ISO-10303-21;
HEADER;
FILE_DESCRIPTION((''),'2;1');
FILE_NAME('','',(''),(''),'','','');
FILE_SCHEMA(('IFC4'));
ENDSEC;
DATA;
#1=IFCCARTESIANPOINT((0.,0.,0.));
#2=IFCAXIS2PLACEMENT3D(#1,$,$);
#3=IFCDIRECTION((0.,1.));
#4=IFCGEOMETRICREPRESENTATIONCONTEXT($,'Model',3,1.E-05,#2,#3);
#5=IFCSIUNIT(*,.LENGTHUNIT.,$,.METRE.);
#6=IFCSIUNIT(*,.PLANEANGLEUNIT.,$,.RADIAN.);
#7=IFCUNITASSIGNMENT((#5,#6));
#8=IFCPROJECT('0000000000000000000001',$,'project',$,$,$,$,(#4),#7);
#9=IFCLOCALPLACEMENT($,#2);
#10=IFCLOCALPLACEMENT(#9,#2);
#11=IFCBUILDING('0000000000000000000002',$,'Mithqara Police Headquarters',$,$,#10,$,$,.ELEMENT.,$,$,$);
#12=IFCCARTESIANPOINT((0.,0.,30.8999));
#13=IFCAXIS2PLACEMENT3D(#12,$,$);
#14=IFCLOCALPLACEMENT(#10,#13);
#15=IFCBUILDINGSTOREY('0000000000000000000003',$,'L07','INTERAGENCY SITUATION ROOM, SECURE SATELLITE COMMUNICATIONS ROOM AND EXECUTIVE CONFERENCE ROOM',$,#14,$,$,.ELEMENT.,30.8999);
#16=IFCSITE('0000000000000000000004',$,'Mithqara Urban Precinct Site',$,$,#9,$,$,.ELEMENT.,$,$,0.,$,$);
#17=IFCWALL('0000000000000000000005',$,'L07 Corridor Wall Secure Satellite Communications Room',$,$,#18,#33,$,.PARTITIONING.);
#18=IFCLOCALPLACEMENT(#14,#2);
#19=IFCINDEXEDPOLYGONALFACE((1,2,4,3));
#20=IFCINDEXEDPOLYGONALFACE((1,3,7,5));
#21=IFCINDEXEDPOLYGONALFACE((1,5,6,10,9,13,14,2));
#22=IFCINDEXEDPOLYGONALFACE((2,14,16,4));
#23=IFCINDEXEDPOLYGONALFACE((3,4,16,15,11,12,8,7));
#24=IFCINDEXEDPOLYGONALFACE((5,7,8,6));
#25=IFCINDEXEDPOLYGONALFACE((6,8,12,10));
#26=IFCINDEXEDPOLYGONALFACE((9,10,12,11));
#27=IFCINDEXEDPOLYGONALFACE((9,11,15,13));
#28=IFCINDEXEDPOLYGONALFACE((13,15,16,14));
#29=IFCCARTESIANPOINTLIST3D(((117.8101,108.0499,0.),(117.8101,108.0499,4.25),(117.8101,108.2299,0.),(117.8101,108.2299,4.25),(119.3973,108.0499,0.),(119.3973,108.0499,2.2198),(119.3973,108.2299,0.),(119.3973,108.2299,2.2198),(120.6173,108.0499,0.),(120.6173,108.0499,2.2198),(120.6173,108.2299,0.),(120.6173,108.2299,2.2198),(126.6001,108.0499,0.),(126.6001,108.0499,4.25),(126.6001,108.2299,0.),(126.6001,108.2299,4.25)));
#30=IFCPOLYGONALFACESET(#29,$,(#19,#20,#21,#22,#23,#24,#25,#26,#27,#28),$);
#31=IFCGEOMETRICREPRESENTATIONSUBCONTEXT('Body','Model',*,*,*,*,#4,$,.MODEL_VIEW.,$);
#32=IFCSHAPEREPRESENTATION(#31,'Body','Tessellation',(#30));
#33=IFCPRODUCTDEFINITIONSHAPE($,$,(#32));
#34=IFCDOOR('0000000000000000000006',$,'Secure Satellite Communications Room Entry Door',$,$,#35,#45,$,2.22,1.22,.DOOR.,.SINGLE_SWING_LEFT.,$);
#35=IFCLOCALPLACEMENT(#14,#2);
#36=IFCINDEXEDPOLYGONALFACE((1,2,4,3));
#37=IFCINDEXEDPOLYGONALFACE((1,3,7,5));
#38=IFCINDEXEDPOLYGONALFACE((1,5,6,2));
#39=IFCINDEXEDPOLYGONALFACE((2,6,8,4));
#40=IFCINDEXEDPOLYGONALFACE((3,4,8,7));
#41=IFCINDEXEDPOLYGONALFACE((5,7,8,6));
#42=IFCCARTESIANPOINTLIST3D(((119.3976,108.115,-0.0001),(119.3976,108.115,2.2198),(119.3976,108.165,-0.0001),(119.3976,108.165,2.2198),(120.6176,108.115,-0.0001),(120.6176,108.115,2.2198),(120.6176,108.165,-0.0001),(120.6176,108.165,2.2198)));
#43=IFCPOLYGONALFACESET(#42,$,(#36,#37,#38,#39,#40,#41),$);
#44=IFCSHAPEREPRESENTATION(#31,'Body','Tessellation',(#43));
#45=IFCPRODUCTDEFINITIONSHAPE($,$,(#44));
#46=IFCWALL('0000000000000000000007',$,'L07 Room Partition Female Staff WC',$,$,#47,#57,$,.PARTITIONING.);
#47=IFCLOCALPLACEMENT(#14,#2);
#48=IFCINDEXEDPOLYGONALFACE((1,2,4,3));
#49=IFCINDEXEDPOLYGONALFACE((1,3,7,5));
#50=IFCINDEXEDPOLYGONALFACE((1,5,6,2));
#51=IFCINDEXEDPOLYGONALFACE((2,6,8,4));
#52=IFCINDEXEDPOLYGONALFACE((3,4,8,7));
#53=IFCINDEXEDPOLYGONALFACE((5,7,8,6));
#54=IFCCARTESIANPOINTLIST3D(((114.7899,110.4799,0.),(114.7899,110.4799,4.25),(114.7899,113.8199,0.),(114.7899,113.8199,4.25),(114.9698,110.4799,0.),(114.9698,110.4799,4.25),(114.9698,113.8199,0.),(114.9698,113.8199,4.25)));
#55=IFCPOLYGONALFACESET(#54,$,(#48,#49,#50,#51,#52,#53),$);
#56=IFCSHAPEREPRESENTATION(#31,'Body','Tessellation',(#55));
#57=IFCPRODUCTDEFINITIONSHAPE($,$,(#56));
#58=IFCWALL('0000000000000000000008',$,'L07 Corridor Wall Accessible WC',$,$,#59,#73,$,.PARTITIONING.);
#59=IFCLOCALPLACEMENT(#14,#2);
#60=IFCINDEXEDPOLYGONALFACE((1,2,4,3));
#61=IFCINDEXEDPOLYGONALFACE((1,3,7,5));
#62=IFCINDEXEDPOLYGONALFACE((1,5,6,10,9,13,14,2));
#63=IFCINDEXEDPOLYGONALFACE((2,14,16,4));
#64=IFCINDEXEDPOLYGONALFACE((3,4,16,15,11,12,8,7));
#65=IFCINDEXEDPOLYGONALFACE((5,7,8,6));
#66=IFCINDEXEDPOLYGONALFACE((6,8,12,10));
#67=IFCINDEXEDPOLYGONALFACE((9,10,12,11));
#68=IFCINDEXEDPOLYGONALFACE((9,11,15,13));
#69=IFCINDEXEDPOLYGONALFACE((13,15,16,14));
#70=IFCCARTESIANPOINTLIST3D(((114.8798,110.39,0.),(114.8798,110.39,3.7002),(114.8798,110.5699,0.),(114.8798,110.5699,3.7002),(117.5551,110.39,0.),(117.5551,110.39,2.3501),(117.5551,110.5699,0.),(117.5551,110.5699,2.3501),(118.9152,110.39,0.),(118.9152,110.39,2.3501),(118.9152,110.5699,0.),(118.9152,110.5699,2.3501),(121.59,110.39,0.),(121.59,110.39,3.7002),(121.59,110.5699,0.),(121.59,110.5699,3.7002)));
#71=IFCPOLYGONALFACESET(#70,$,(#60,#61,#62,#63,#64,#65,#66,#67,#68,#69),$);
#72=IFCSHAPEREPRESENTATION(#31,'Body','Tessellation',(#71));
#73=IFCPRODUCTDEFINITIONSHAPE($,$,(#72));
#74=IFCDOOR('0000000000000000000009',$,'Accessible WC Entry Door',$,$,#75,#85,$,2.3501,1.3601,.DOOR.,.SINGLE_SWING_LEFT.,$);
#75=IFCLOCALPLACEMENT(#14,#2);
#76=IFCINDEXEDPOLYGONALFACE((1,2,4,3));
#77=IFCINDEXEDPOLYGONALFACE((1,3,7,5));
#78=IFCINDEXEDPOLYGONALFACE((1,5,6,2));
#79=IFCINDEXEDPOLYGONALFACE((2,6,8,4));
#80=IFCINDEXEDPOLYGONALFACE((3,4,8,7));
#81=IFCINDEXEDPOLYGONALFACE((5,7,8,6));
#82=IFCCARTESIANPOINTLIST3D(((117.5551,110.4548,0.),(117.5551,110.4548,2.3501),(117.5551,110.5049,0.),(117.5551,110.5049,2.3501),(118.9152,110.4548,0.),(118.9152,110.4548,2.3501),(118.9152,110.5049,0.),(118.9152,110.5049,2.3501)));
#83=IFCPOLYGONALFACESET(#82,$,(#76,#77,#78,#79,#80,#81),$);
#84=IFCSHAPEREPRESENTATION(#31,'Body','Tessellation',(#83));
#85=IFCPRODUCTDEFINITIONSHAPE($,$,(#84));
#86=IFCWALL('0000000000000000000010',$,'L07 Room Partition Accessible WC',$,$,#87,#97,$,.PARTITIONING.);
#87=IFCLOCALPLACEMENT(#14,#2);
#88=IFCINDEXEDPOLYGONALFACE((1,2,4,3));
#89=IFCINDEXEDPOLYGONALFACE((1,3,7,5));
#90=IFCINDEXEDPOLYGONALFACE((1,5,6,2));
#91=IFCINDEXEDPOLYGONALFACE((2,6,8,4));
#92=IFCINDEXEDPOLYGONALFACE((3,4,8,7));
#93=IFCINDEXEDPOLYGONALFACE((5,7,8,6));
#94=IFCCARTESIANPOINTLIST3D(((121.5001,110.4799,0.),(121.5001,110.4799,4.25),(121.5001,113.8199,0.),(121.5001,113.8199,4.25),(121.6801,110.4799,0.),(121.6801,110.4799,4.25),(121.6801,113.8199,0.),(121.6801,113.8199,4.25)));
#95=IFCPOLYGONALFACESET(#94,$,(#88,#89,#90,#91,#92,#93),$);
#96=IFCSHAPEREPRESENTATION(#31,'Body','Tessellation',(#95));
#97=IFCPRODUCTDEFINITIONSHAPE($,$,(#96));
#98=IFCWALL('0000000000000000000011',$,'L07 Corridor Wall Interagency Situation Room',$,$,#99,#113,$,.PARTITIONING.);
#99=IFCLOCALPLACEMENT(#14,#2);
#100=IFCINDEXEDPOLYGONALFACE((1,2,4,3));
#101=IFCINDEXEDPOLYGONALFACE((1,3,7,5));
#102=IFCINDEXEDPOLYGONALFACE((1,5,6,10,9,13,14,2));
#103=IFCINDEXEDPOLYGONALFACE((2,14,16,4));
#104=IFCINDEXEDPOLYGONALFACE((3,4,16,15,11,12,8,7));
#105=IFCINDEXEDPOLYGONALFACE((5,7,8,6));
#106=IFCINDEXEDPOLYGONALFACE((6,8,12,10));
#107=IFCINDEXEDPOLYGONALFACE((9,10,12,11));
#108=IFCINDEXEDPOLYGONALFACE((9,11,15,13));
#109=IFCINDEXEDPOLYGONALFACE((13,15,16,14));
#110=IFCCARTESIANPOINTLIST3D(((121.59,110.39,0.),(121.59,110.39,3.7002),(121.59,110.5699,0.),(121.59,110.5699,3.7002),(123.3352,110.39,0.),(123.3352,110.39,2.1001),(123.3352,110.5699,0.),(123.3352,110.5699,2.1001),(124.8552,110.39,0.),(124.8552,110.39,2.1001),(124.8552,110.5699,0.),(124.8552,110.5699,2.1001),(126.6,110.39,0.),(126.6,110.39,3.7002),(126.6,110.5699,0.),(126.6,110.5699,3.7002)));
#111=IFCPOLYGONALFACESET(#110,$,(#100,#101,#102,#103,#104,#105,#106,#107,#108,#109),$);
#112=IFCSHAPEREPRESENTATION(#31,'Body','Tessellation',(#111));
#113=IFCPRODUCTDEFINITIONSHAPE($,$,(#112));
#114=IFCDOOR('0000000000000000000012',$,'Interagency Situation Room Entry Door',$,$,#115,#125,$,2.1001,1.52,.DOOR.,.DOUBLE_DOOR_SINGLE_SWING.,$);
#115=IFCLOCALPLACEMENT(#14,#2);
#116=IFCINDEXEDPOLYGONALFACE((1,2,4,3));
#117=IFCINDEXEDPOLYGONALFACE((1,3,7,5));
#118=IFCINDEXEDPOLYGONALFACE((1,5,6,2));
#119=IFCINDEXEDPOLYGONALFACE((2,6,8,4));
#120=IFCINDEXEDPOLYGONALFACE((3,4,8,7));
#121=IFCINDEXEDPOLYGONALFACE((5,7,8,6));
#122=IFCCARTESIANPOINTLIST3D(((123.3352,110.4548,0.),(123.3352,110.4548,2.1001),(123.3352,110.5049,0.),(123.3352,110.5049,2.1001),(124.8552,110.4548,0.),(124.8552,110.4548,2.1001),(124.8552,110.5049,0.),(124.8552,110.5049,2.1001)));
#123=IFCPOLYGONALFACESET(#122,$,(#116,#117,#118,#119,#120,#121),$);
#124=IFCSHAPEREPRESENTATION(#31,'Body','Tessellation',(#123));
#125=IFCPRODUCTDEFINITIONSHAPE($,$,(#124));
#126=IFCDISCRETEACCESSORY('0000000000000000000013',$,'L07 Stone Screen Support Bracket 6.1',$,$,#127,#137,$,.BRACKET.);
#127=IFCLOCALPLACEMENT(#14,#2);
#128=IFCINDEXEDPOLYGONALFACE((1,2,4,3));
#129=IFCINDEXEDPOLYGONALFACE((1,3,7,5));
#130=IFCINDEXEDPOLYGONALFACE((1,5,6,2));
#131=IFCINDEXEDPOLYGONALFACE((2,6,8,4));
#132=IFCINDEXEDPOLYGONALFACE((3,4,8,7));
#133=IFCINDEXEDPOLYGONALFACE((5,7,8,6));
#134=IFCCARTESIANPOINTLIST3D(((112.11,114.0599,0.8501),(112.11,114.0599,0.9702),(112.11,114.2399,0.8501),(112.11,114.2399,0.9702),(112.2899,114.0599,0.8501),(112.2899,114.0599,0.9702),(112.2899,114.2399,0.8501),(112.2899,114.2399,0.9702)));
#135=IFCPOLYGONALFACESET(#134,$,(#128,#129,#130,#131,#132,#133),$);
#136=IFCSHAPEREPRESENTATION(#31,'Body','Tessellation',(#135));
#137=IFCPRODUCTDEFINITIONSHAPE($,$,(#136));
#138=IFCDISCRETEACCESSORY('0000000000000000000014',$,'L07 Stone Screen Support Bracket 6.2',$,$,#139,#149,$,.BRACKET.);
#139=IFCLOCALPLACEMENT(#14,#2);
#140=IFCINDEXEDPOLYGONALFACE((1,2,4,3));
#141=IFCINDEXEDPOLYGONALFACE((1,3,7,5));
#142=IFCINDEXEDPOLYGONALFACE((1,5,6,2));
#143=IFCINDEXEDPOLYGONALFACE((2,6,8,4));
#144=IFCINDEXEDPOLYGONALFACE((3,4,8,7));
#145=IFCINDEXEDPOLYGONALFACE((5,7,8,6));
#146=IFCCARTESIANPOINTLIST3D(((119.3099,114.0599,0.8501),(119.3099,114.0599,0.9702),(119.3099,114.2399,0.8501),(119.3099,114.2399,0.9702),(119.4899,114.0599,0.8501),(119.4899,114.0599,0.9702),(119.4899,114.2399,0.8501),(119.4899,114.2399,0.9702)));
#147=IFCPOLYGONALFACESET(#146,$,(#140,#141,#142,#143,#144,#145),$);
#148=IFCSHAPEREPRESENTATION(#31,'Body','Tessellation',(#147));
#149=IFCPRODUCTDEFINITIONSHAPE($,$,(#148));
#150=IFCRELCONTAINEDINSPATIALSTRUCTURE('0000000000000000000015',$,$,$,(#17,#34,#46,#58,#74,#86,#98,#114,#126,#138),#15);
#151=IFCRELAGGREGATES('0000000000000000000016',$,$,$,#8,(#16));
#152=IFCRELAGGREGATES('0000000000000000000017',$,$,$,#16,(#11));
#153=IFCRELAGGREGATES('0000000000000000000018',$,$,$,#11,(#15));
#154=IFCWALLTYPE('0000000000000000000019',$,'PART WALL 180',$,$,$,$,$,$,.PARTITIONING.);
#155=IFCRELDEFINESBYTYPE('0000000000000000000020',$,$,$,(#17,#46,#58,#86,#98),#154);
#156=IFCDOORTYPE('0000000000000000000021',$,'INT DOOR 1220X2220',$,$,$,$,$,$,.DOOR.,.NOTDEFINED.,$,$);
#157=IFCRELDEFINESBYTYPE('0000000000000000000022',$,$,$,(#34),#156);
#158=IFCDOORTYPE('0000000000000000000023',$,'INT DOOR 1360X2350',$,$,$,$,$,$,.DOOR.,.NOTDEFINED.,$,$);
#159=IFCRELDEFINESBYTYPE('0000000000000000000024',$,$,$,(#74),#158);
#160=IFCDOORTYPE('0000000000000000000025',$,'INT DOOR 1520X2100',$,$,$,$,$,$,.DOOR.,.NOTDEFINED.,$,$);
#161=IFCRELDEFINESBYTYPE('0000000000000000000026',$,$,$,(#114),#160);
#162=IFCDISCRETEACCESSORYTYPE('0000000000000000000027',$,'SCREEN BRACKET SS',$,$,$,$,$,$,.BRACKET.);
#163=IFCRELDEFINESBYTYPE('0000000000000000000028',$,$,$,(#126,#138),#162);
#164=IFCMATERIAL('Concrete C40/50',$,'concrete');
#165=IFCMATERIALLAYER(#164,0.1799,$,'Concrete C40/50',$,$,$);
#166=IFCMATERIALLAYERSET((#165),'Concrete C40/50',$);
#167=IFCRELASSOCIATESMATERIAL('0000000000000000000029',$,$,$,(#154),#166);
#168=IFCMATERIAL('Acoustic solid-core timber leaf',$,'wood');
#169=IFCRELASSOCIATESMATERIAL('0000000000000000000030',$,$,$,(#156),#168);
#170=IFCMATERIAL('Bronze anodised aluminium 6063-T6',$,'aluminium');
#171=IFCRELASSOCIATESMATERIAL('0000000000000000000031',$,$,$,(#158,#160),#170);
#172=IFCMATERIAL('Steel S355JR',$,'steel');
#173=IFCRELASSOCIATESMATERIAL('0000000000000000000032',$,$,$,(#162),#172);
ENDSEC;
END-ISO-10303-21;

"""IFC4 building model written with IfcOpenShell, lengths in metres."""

from ifc_helpers import new_model, si_unit, direction, frame, frame_2d, origin, origin_2d, place, context, subcontext, project, spatial, rectangle, extrude, material, layer, layer_set, type_object, element, fill, save


model = new_model("IFC4")

# Units and contexts
model_context = context("Model", 3, precision=1e-05, world=origin(), true_north=direction((0.0, 1.0)))
body_context = subcontext(model_context, "Body", "Model", "MODEL_VIEW")
ifc_project = project(units=[si_unit("LENGTHUNIT", "METRE"), si_unit("PLANEANGLEUNIT", "RADIAN")], contexts=[model_context])

# Site, building, storey
site_placement = place(None, origin())
site = spatial("IfcSite", under=ifc_project, at=site_placement, Name="Mithqara Urban Precinct Site", CompositionType="ELEMENT", RefElevation=0.0)
building_placement = place(site_placement, origin())
building = spatial("IfcBuilding", under=site, at=building_placement, Name="Mithqara Police Headquarters", CompositionType="ELEMENT")
storey_placement = place(building_placement, frame((0.0, 0.0, 30.8999)))
storey = spatial("IfcBuildingStorey", under=building, at=storey_placement, Name="L07", Description="INTERAGENCY SITUATION ROOM, SECURE SATELLITE COMMUNICATIONS ROOM AND EXECUTIVE CONFERENCE ROOM", CompositionType="ELEMENT", Elevation=30.8999)

# Shared definitions
ifc_material_1 = material(Name="Steel S355JR", Category="steel")
ifc_material_2 = material(Name="Concrete C40/50", Category="concrete")

# Wall, opening, door
ifc_layer_1 = layer(ifc_material_2, 0.1799, Name="Concrete C40/50")
ifc_layer_set_1 = layer_set([ifc_layer_1], Name="Concrete C40/50")
wall_type = type_object("IfcWallType", Name="PART WALL 180", PredefinedType="PARTITIONING", material=ifc_layer_set_1)
wall_1_placement = place(storey_placement, frame((117.8101, 108.1399, 0.0), z_axis=(0.0, 0.0, 1.0), x_axis=(1.0, 0.0, 0.0)))
wall_1 = element("IfcWall", 1, at=wall_1_placement, inside=storey, type_object=wall_type, Name="L07 Corridor Wall Secure Satellite Communications Room", PredefinedType="PARTITIONING", context=body_context, shape_type="SweptSolid", body=[
    extrude(rectangle(XDim=8.79, YDim=0.1799, at=frame_2d((4.395, 0.0))), origin(), (0.0, 0.0, 1.0), 4.25),
])
opening_1_placement = place(wall_1_placement, frame((1.5874, 0.0, 0.0)))
opening_1 = element("IfcOpeningElement", 2, at=opening_1_placement, cuts=wall_1, PredefinedType="OPENING", context=body_context, shape_type="SweptSolid", body=[
    extrude(rectangle(XDim=1.22, YDim=2.22, at=frame_2d((0.6099, 1.1099))), frame((0.0, 0.1001, 0.0), z_axis=(0.0, -1.0, 0.0), x_axis=(1.0, 0.0, 0.0)), (0.0, 0.0, 1.0), 0.2),
])
ifc_material_3 = material(Name="Acoustic solid-core timber leaf", Category="wood")
door_type_1 = type_object("IfcDoorType", Name="INT DOOR 1220X2220", OperationType="NOTDEFINED", PredefinedType="DOOR", material=ifc_material_3)
door_1_placement = place(opening_1_placement, frame((1.22, 0.0, 0.0), z_axis=(0.0, 0.0, 1.0), x_axis=(-1.0, 0.0, 0.0)))
door_1 = element("IfcDoor", 3, at=door_1_placement, inside=storey, type_object=door_type_1, Name="Secure Satellite Communications Room Entry Door", OperationType="SINGLE_SWING_LEFT", OverallHeight=2.22, OverallWidth=1.22, PredefinedType="DOOR", context=body_context, shape_type="SweptSolid", body=[
    extrude(rectangle(XDim=1.22, YDim=2.22, at=frame_2d((0.6099, 1.1099))), frame((0.0, 0.0249, 0.0), z_axis=(0.0, -1.0, 0.0), x_axis=(1.0, 0.0, 0.0)), (0.0, 0.0, 1.0), 0.05),
])
fill(opening_1, door_1)

# Wall
wall_2_placement = place(storey_placement, frame((114.8799, 110.48, 0.0), z_axis=(0.0, 0.0, 1.0), x_axis=(0.0, 1.0, 0.0)))
element("IfcWall", 4, at=wall_2_placement, inside=storey, type_object=wall_type, Name="L07 Room Partition Female Staff WC", PredefinedType="PARTITIONING", context=body_context, shape_type="SweptSolid", body=[
    extrude(rectangle(XDim=3.3401, YDim=0.1799, at=frame_2d((1.6699, 0.0))), origin(), (0.0, 0.0, 1.0), 4.25),
])

# Wall, opening, door
wall_3_placement = place(storey_placement, frame((114.8799, 110.48, 0.0), z_axis=(0.0, 0.0, 1.0), x_axis=(1.0, 0.0, 0.0)))
wall_3 = element("IfcWall", 5, at=wall_3_placement, inside=storey, type_object=wall_type, Name="L07 Corridor Wall Accessible WC", PredefinedType="PARTITIONING", context=body_context, shape_type="SweptSolid", body=[
    extrude(rectangle(XDim=6.7102, YDim=0.1799, at=frame_2d((3.355, 0.0))), origin(), (0.0, 0.0, 1.0), 3.7002),
])
opening_2_placement = place(wall_3_placement, frame((2.675, 0.0, 0.0)))
opening_2 = element("IfcOpeningElement", 6, at=opening_2_placement, cuts=wall_3, PredefinedType="OPENING", context=body_context, shape_type="SweptSolid", body=[
    extrude(rectangle(XDim=1.3601, YDim=2.3501, at=frame_2d((0.6802, 1.175))), frame((0.0, 0.1001, 0.0), z_axis=(0.0, -1.0, 0.0), x_axis=(1.0, 0.0, 0.0)), (0.0, 0.0, 1.0), 0.2),
])
ifc_material_4 = material(Name="Bronze anodised aluminium 6063-T6", Category="aluminium")
door_type_2 = type_object("IfcDoorType", Name="INT DOOR 1360X2350", OperationType="NOTDEFINED", PredefinedType="DOOR", material=ifc_material_4)
door_2_placement = place(opening_2_placement, origin())
door_2 = element("IfcDoor", 7, at=door_2_placement, inside=storey, type_object=door_type_2, Name="Accessible WC Entry Door", OperationType="SINGLE_SWING_LEFT", OverallHeight=2.3501, OverallWidth=1.3601, PredefinedType="DOOR", context=body_context, shape_type="SweptSolid", body=[
    extrude(rectangle(XDim=1.3601, YDim=2.3501, at=frame_2d((0.6802, 1.175))), frame((0.0, 0.0249, 0.0), z_axis=(0.0, -1.0, 0.0), x_axis=(1.0, 0.0, 0.0)), (0.0, 0.0, 1.0), 0.05),
])
fill(opening_2, door_2)

# Wall
wall_4_placement = place(storey_placement, frame((121.5901, 110.48, 0.0), z_axis=(0.0, 0.0, 1.0), x_axis=(0.0, 1.0, 0.0)))
element("IfcWall", 8, at=wall_4_placement, inside=storey, type_object=wall_type, Name="L07 Room Partition Accessible WC", PredefinedType="PARTITIONING", context=body_context, shape_type="SweptSolid", body=[
    extrude(rectangle(XDim=3.3401, YDim=0.1799, at=frame_2d((1.6699, 0.0))), origin(), (0.0, 0.0, 1.0), 4.25),
])

# Wall, opening, door
wall_5_placement = place(storey_placement, frame((121.5901, 110.48, 0.0), z_axis=(0.0, 0.0, 1.0), x_axis=(1.0, 0.0, 0.0)))
wall_5 = element("IfcWall", 9, at=wall_5_placement, inside=storey, type_object=wall_type, Name="L07 Corridor Wall Interagency Situation Room", PredefinedType="PARTITIONING", context=body_context, shape_type="SweptSolid", body=[
    extrude(rectangle(XDim=5.01, YDim=0.1799, at=frame_2d((2.5049, 0.0))), origin(), (0.0, 0.0, 1.0), 3.7002),
])
opening_3_placement = place(wall_5_placement, frame((1.7451, 0.0, 0.0)))
opening_3 = element("IfcOpeningElement", 10, at=opening_3_placement, cuts=wall_5, PredefinedType="OPENING", context=body_context, shape_type="SweptSolid", body=[
    extrude(rectangle(XDim=1.52, YDim=2.1001, at=frame_2d((0.76, 1.05))), frame((0.0, 0.1001, 0.0), z_axis=(0.0, -1.0, 0.0), x_axis=(1.0, 0.0, 0.0)), (0.0, 0.0, 1.0), 0.2),
])
door_type_3 = type_object("IfcDoorType", Name="INT DOOR 1520X2100", OperationType="NOTDEFINED", PredefinedType="DOOR", material=ifc_material_4)
door_3_placement = place(opening_3_placement, origin())
door_3 = element("IfcDoor", 11, at=door_3_placement, inside=storey, type_object=door_type_3, Name="Interagency Situation Room Entry Door", OperationType="DOUBLE_DOOR_SINGLE_SWING", OverallHeight=2.1001, OverallWidth=1.52, PredefinedType="DOOR", context=body_context, shape_type="SweptSolid", body=[
    extrude(rectangle(XDim=1.52, YDim=2.1001, at=frame_2d((0.76, 1.05))), frame((0.0, 0.0249, 0.0), z_axis=(0.0, -1.0, 0.0), x_axis=(1.0, 0.0, 0.0)), (0.0, 0.0, 1.0), 0.05),
])
fill(opening_3, door_3)

# Discrete accessories
discrete_accessory_type = type_object("IfcDiscreteAccessoryType", Name="SCREEN BRACKET SS", PredefinedType="BRACKET", material=ifc_material_1)
for number, where, z_axis, x_axis, name in (
    (12, (112.2, 114.1499, 0.8501), (0.0, 0.0, 1.0), (1.0, 0.0, 0.0), "L07 Stone Screen Support Bracket 6.1"),
    (13, (119.3999, 114.1499, 0.8501), (0.0, 0.0, 1.0), (1.0, 0.0, 0.0), "L07 Stone Screen Support Bracket 6.2"),
):
    element("IfcDiscreteAccessory", number, at=place(storey_placement, frame(where, z_axis=z_axis, x_axis=x_axis)), inside=storey, type_object=discrete_accessory_type, Name=name, PredefinedType="BRACKET", context=body_context, shape_type="SweptSolid", body=[
        extrude(rectangle(XDim=0.1799, YDim=0.1799, at=origin_2d()), origin(), (0.0, 0.0, 1.0), 0.1201),
    ])

save(model, "model.ifc")
